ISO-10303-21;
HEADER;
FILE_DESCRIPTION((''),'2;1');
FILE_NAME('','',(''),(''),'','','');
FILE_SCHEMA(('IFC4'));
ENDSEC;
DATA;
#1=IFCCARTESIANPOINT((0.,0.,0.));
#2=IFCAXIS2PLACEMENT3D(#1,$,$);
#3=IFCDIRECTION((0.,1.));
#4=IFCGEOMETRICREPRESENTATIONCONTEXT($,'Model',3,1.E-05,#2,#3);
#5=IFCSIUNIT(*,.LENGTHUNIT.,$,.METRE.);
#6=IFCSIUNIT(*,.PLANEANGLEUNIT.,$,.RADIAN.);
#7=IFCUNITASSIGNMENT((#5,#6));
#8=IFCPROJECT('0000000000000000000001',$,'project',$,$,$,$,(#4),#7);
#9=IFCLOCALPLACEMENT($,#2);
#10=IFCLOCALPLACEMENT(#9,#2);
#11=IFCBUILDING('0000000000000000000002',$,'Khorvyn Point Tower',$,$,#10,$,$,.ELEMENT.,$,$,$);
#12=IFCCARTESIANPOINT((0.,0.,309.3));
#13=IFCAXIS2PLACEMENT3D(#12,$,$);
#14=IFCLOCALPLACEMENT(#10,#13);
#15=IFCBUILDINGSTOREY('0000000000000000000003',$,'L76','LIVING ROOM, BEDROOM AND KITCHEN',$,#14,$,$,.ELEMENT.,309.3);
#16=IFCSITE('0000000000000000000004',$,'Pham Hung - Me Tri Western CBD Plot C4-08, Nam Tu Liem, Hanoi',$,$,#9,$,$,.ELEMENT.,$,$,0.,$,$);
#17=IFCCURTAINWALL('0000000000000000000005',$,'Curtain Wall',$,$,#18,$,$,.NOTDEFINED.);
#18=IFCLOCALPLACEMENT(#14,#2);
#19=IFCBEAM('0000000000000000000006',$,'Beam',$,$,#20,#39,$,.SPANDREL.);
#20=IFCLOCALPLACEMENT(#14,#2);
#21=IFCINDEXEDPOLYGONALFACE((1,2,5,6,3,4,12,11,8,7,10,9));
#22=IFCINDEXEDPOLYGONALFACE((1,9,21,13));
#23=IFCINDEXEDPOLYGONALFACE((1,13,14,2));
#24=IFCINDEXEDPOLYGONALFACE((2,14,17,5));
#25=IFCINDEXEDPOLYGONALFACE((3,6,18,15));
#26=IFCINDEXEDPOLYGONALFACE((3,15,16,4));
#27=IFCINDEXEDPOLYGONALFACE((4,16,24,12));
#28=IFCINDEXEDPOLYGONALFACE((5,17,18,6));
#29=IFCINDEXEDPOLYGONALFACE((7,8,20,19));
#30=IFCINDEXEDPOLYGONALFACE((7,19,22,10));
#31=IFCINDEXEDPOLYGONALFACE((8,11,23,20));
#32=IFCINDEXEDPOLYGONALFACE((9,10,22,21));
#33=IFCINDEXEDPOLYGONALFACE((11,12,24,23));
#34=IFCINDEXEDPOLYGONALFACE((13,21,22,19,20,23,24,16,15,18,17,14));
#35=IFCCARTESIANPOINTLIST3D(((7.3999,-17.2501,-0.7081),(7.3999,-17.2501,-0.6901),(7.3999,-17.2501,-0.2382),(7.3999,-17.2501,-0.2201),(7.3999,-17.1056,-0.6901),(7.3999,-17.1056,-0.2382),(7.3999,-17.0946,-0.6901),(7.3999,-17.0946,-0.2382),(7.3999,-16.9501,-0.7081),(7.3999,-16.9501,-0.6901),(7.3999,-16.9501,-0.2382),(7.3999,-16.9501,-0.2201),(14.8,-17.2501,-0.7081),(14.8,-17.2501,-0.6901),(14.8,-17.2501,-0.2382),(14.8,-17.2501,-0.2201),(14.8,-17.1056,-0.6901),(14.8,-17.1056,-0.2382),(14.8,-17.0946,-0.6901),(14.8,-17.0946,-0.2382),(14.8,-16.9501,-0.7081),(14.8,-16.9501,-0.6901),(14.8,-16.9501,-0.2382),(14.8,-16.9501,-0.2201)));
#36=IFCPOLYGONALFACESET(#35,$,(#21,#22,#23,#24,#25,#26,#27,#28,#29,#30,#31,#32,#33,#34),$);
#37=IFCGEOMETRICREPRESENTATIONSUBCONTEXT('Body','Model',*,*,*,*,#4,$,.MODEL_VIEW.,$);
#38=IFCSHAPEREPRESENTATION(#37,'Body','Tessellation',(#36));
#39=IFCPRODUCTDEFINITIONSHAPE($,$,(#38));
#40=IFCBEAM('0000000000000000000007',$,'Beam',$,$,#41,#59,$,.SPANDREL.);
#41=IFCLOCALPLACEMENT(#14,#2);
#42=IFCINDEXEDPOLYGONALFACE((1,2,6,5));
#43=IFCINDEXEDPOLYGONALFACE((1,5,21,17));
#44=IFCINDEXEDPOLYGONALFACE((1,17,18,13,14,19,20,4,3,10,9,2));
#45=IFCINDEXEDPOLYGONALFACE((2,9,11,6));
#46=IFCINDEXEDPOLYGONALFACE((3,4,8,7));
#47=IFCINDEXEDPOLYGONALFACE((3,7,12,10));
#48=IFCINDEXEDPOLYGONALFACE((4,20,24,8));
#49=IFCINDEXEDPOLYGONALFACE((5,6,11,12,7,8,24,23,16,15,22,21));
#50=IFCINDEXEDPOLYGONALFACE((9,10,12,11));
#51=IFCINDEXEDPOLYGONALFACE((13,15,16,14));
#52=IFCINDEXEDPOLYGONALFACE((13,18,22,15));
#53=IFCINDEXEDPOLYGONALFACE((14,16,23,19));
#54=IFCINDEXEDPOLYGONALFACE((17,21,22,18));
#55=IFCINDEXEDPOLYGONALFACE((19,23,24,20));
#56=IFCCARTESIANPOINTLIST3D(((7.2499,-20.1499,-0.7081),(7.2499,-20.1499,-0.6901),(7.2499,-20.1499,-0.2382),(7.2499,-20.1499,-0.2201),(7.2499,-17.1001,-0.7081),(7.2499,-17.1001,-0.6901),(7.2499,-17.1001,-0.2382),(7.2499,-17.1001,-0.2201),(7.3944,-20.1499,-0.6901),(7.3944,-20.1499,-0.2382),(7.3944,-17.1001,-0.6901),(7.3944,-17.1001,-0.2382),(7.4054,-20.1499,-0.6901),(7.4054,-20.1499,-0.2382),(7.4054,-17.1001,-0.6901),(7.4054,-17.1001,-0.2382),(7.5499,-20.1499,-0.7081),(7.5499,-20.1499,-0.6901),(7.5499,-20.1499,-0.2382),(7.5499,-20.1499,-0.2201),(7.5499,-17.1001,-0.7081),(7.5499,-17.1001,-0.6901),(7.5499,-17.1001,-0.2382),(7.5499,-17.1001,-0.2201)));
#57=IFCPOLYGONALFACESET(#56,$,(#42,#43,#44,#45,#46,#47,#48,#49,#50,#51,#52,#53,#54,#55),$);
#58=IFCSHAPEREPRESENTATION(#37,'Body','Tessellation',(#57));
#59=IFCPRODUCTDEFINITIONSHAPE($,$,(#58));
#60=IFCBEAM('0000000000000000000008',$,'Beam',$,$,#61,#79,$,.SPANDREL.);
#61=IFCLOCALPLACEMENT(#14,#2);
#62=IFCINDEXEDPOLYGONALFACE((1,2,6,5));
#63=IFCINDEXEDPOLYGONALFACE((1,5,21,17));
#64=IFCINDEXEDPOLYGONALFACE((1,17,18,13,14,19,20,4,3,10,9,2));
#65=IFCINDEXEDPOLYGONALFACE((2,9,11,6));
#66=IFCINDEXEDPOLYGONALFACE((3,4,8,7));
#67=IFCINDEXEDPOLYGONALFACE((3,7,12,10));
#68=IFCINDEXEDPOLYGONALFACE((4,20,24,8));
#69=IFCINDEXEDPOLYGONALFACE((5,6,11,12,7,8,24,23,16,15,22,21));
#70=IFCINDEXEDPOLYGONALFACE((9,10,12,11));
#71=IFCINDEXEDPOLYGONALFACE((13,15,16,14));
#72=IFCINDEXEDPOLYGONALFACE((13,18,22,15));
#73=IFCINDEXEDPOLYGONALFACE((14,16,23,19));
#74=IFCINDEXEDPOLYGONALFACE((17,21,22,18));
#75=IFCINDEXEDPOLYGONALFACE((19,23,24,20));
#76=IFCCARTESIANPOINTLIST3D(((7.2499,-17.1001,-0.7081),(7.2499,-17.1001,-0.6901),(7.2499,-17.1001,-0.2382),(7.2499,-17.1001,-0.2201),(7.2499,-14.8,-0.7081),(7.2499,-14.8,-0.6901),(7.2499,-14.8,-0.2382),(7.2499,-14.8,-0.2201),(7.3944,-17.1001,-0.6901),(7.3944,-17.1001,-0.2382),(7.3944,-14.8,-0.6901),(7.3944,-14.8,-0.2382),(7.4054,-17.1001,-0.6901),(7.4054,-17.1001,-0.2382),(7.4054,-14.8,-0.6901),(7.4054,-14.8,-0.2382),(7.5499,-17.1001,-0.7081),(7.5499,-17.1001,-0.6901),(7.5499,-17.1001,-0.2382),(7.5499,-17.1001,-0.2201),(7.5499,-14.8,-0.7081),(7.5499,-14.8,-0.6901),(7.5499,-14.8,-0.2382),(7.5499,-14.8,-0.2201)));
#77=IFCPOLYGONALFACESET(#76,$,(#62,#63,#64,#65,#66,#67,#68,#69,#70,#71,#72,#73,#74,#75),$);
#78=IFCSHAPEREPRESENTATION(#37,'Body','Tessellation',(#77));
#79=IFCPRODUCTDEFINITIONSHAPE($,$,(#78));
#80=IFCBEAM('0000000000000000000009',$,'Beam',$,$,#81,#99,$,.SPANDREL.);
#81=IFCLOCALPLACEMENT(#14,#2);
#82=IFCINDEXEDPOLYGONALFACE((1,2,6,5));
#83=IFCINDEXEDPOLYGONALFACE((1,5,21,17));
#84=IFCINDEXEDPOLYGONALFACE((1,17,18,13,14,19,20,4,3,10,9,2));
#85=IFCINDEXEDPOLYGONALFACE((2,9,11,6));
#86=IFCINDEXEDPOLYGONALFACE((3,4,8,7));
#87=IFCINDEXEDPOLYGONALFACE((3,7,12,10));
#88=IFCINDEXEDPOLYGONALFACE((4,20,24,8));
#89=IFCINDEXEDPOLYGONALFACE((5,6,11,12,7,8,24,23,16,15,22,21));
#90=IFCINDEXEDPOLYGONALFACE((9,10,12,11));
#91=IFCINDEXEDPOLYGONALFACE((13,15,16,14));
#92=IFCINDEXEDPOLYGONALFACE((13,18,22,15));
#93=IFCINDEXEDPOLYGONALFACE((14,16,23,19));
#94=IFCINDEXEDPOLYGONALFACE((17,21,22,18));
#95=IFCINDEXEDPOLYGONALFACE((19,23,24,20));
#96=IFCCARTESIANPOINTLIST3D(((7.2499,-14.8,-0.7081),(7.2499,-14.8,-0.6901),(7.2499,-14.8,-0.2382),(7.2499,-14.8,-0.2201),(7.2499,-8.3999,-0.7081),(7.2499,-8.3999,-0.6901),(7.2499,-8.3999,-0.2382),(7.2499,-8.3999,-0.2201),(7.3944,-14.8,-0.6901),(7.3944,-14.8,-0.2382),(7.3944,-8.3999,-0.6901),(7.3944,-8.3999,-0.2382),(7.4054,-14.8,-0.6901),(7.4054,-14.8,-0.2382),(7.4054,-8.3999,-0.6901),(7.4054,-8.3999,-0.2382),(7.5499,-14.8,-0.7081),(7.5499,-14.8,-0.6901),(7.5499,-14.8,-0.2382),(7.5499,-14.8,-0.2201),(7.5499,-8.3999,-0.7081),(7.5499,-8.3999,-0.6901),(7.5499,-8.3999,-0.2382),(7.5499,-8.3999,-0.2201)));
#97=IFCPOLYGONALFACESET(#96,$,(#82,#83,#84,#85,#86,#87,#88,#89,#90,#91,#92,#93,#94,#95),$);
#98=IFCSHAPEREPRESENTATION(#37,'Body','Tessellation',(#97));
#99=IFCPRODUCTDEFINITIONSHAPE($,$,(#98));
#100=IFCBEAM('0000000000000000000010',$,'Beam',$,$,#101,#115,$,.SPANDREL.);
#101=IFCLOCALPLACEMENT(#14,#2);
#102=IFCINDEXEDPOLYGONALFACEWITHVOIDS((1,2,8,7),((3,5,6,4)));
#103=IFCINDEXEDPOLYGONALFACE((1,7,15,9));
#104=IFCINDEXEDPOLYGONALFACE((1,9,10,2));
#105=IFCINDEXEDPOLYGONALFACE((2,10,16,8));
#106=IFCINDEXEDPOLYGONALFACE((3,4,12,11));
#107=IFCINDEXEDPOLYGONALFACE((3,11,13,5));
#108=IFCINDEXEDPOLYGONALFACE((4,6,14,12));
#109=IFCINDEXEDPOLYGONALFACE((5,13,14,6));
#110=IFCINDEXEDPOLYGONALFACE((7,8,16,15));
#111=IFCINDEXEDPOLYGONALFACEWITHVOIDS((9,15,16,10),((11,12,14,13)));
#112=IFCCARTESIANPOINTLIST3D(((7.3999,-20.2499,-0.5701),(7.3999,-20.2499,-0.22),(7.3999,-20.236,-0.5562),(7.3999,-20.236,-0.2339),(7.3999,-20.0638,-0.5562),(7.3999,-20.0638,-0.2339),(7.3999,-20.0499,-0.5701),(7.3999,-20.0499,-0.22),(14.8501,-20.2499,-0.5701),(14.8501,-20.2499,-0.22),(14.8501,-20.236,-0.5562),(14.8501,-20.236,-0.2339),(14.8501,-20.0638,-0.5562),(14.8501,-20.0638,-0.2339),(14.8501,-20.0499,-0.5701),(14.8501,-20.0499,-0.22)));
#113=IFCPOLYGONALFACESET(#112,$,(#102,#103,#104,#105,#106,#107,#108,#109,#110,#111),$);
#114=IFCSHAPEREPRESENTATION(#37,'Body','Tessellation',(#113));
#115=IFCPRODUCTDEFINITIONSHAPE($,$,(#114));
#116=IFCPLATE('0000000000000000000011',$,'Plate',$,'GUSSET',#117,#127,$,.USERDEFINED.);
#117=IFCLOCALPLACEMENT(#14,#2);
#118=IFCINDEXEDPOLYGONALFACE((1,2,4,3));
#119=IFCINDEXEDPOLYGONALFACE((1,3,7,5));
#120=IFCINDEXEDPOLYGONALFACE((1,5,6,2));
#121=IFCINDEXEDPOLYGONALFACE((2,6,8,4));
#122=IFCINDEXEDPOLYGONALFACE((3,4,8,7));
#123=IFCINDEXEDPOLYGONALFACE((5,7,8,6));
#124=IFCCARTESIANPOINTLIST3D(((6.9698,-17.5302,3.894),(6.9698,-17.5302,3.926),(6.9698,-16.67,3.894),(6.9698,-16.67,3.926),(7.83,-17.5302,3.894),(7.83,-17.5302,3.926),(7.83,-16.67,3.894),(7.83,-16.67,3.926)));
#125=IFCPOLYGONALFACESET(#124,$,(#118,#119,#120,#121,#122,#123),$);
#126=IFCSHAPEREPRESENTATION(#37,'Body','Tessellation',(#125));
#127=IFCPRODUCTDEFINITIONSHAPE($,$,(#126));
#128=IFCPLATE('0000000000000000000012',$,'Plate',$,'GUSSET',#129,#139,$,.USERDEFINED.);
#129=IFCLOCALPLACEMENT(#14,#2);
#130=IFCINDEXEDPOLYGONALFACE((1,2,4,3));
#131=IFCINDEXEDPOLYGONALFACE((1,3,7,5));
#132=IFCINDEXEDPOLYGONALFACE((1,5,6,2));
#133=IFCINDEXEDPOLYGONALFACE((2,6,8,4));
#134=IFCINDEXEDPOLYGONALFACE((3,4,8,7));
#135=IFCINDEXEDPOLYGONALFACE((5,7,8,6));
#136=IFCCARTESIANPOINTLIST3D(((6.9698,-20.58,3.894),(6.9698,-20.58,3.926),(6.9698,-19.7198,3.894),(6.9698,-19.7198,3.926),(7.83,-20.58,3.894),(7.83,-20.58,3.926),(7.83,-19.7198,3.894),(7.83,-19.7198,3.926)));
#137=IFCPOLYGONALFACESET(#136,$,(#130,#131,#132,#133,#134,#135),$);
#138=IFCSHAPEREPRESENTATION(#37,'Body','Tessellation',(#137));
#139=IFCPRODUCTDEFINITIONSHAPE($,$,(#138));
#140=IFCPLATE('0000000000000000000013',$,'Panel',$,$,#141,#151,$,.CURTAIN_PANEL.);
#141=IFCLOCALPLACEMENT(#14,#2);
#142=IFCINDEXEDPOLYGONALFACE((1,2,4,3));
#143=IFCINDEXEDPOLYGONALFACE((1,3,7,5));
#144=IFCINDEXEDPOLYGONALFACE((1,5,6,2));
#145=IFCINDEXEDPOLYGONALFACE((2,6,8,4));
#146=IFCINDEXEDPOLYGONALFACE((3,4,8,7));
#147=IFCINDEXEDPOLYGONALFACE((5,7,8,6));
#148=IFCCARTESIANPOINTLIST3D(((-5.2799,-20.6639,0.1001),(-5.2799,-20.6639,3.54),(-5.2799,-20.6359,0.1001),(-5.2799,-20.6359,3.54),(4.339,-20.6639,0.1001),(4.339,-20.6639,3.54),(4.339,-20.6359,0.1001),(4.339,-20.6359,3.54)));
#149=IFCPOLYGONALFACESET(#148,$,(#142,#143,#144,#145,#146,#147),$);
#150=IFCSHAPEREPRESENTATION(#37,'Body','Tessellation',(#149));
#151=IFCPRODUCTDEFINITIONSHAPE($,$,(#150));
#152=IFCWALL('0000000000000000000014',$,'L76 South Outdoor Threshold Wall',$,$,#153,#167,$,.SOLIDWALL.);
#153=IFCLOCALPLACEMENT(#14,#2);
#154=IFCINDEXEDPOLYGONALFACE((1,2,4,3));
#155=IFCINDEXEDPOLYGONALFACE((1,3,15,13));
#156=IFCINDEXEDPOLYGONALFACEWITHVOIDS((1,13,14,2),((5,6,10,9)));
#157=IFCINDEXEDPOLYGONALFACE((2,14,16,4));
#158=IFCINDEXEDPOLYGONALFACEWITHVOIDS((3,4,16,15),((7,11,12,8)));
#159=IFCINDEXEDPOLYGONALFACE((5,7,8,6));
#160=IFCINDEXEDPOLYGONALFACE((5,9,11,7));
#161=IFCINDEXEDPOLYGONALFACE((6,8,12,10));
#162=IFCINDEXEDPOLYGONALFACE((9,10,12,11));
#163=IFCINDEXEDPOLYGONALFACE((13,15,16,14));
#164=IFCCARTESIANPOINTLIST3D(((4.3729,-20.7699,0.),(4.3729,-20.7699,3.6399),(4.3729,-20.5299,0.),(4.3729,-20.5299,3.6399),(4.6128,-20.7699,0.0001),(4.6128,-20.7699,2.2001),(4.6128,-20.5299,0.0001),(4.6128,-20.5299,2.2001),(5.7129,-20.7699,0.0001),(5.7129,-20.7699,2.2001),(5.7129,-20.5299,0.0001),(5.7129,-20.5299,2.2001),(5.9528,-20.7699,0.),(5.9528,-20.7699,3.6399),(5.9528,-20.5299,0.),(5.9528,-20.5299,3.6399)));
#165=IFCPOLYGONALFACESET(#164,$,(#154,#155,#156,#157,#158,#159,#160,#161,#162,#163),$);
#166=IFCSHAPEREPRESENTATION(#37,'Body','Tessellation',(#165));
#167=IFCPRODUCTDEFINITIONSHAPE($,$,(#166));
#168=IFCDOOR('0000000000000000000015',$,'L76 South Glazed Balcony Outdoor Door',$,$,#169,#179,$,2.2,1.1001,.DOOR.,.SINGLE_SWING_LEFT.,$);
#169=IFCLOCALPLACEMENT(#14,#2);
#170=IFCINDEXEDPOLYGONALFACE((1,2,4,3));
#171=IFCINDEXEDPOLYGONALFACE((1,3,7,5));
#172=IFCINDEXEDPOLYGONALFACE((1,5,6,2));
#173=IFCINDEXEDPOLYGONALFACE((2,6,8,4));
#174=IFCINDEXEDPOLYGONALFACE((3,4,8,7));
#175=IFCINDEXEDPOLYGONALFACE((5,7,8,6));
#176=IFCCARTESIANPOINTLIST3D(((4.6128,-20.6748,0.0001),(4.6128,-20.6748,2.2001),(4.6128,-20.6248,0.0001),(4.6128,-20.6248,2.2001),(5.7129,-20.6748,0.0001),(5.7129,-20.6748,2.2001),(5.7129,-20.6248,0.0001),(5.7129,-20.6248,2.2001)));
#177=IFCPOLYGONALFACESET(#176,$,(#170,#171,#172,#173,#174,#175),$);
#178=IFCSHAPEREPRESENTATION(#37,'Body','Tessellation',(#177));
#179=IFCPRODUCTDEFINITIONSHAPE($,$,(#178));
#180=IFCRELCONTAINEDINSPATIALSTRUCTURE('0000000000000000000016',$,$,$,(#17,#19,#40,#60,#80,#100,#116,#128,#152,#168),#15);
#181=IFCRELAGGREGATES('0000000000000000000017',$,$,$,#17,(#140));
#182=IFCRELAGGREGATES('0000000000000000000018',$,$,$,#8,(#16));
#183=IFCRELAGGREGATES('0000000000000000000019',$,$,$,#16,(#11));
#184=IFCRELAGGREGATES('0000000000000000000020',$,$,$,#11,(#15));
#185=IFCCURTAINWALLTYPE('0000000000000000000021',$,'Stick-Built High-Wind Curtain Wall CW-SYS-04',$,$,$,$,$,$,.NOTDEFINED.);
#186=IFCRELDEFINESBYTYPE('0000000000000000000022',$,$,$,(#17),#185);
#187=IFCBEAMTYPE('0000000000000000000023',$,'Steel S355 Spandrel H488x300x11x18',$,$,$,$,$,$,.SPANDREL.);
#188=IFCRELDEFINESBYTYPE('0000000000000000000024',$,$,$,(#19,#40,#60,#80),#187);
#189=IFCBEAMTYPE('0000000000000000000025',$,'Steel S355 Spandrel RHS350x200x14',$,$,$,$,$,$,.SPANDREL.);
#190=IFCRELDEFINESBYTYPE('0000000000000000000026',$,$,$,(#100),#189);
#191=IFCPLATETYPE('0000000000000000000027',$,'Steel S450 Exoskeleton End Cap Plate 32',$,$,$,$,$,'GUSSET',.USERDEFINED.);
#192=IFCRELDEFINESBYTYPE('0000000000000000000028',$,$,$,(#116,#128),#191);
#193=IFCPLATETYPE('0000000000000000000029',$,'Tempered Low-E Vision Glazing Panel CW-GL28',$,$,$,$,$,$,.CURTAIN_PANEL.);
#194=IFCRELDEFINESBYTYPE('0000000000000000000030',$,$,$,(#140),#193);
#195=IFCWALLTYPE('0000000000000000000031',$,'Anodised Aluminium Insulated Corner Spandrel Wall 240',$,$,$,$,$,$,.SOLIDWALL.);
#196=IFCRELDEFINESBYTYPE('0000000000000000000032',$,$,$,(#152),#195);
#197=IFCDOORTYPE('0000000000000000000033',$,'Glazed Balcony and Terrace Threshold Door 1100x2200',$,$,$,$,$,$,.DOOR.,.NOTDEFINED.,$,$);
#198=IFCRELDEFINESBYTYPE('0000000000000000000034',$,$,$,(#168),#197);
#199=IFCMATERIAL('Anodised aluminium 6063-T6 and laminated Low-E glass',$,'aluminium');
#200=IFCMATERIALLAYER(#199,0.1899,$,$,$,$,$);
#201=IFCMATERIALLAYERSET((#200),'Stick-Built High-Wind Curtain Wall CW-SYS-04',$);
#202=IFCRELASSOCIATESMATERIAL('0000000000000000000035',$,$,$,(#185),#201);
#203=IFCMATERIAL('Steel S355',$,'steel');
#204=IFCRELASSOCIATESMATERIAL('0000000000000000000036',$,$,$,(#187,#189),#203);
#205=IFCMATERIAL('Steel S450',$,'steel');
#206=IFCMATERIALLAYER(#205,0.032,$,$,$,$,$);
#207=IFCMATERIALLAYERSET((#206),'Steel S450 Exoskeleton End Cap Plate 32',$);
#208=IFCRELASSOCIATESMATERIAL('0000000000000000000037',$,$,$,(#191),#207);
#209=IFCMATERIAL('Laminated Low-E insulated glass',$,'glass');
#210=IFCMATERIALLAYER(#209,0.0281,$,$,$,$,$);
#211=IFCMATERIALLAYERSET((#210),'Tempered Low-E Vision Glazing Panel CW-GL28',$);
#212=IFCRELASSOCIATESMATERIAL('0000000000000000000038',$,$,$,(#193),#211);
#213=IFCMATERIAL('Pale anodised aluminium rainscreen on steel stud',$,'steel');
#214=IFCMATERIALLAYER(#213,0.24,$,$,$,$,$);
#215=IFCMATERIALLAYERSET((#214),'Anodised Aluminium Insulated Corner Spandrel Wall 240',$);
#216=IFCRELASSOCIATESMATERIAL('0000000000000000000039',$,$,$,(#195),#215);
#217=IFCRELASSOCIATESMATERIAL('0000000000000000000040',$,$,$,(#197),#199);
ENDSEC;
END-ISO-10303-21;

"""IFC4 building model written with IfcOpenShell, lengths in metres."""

from ifc_helpers import new_model, si_unit, direction, frame, frame_2d, origin, origin_2d, place, context, subcontext, project, spatial, rectangle, hollow_rectangle, i_section, extrude, material, layer, layer_set, material_profile, profile_set, type_object, element, fill, aggregate, save


model = new_model("IFC4")

# Units and contexts
model_context = context("Model", 3, precision=1e-05, world=origin(), true_north=direction((0.0, 1.0)))
body_context = subcontext(model_context, "Body", "Model", "MODEL_VIEW")
ifc_project = project(units=[si_unit("LENGTHUNIT", "METRE"), si_unit("PLANEANGLEUNIT", "RADIAN")], contexts=[model_context])

# Site, building, storey
site_placement = place(None, origin())
site = spatial("IfcSite", under=ifc_project, at=site_placement, Name="Pham Hung - Me Tri Western CBD Plot C4-08, Nam Tu Liem, Hanoi", CompositionType="ELEMENT", RefElevation=0.0)
building_placement = place(site_placement, origin())
building = spatial("IfcBuilding", under=site, at=building_placement, Name="Khorvyn Point Tower", CompositionType="ELEMENT")
storey_placement = place(building_placement, frame((0.0, 0.0, 309.3)))
storey = spatial("IfcBuildingStorey", under=building, at=storey_placement, Name="L76", Description="LIVING ROOM, BEDROOM AND KITCHEN", CompositionType="ELEMENT", Elevation=309.3)

# Shared definitions
ifc_material_1 = material(Name="Steel S355", Category="steel")
ifc_material_2 = material(Name="Steel S450", Category="steel")

# Shared definitions
ifc_material_3 = material(Name="Anodised aluminium 6063-T6 and laminated Low-E glass", Category="aluminium")
ifc_layer_1 = layer(ifc_material_3, 0.1899)
ifc_layer_set_1 = layer_set([ifc_layer_1], Name="Stick-Built High-Wind Curtain Wall CW-SYS-04")
curtain_wall_type = type_object("IfcCurtainWallType", Name="Stick-Built High-Wind Curtain Wall CW-SYS-04", PredefinedType="NOTDEFINED", material=ifc_layer_set_1)

# Curtain wall
curtain_wall_1_placement = place(storey_placement, origin())
curtain_wall_1 = element("IfcCurtainWall", 1, at=curtain_wall_1_placement, inside=storey, type_object=curtain_wall_type, Name="Curtain Wall", PredefinedType="NOTDEFINED")

# Beams
ifc_material_profile_1 = material_profile(ifc_material_1, i_section(OverallWidth=0.3, OverallDepth=0.488, WebThickness=0.011, FlangeThickness=0.0181, at=origin_2d()))
ifc_profile_set_1 = profile_set([ifc_material_profile_1], Name="Steel S355 H488x300x11x18")
beam_type_1 = type_object("IfcBeamType", Name="Steel S355 Spandrel H488x300x11x18", PredefinedType="SPANDREL", material=ifc_profile_set_1)
for number, where, z_axis, x_axis, name in (
    (2, (7.3999, -17.1001, -0.4641), (1.0, 0.0, 0.0), (0.0, 1.0, 0.0), "Beam"),
):
    element("IfcBeam", number, at=place(storey_placement, frame(where, z_axis=z_axis, x_axis=x_axis)), inside=storey, type_object=beam_type_1, Name=name, PredefinedType="SPANDREL", context=body_context, shape_type="SweptSolid", body=[
        extrude(i_section(OverallWidth=0.3, OverallDepth=0.488, WebThickness=0.011, FlangeThickness=0.0181, at=origin_2d()), origin(), (0.0, 0.0, 1.0), 7.4001),
    ])
beam_1_placement = place(storey_placement, frame((7.3999, -20.1499, -0.4641), z_axis=(0.0, 1.0, 0.0), x_axis=(-1.0, 0.0, 0.0)))
element("IfcBeam", 3, at=beam_1_placement, inside=storey, type_object=beam_type_1, Name="Beam", PredefinedType="SPANDREL", context=body_context, shape_type="SweptSolid", body=[
    extrude(i_section(OverallWidth=0.3, OverallDepth=0.488, WebThickness=0.011, FlangeThickness=0.0181, at=origin_2d()), origin(), (0.0, 0.0, 1.0), 3.0498),
])
beam_2_placement = place(storey_placement, frame((7.3999, -17.1001, -0.4641), z_axis=(0.0, 1.0, 0.0), x_axis=(-1.0, 0.0, 0.0)))
element("IfcBeam", 4, at=beam_2_placement, inside=storey, type_object=beam_type_1, Name="Beam", PredefinedType="SPANDREL", context=body_context, shape_type="SweptSolid", body=[
    extrude(i_section(OverallWidth=0.3, OverallDepth=0.488, WebThickness=0.011, FlangeThickness=0.0181, at=origin_2d()), origin(), (0.0, 0.0, 1.0), 2.3),
])
beam_3_placement = place(storey_placement, frame((7.3999, -14.8, -0.4641), z_axis=(0.0, 1.0, 0.0), x_axis=(-1.0, 0.0, 0.0)))
element("IfcBeam", 5, at=beam_3_placement, inside=storey, type_object=beam_type_1, Name="Beam", PredefinedType="SPANDREL", context=body_context, shape_type="SweptSolid", body=[
    extrude(i_section(OverallWidth=0.3, OverallDepth=0.488, WebThickness=0.011, FlangeThickness=0.0181, at=origin_2d()), origin(), (0.0, 0.0, 1.0), 6.4001),
])
ifc_material_profile_2 = material_profile(ifc_material_1, hollow_rectangle(XDim=0.2, YDim=0.3501, WallThickness=0.0139, at=origin_2d()))
ifc_profile_set_2 = profile_set([ifc_material_profile_2], Name="Steel S355 RHS350x200x14")
beam_type_2 = type_object("IfcBeamType", Name="Steel S355 Spandrel RHS350x200x14", PredefinedType="SPANDREL", material=ifc_profile_set_2)
beam_4_placement = place(storey_placement, frame((7.3999, -20.1499, -0.395), z_axis=(1.0, 0.0, 0.0), x_axis=(0.0, 1.0, 0.0)))
element("IfcBeam", 6, at=beam_4_placement, inside=storey, type_object=beam_type_2, Name="Beam", PredefinedType="SPANDREL", context=body_context, shape_type="SweptSolid", body=[
    extrude(hollow_rectangle(XDim=0.2, YDim=0.3501, WallThickness=0.0139, at=origin_2d()), origin(), (0.0, 0.0, 1.0), 7.4502),
])

# Plates
ifc_layer_2 = layer(ifc_material_2, 0.032)
ifc_layer_set_2 = layer_set([ifc_layer_2], Name="Steel S450 Exoskeleton End Cap Plate 32")
plate_type_1 = type_object("IfcPlateType", Name="Steel S450 Exoskeleton End Cap Plate 32", ElementType="GUSSET", PredefinedType="USERDEFINED", material=ifc_layer_set_2)
for number, where, z_axis, x_axis, name in (
    (7, (7.3999, -17.1001, 3.894), (0.0, 0.0, 1.0), (1.0, 0.0, 0.0), "Plate"),
    (8, (7.3999, -20.1499, 3.894), (0.0, 0.0, 1.0), (1.0, 0.0, 0.0), "Plate"),
):
    element("IfcPlate", number, at=place(storey_placement, frame(where, z_axis=z_axis, x_axis=x_axis)), inside=storey, type_object=plate_type_1, Name=name, ObjectType="GUSSET", PredefinedType="USERDEFINED", context=body_context, shape_type="SweptSolid", body=[
        extrude(rectangle(XDim=0.8601, YDim=0.8601, at=origin_2d()), origin(), (0.0, 0.0, 1.0), 0.032),
    ])

# Plate
ifc_material_4 = material(Name="Laminated Low-E insulated glass", Category="glass")
ifc_layer_3 = layer(ifc_material_4, 0.0281)
ifc_layer_set_3 = layer_set([ifc_layer_3], Name="Tempered Low-E Vision Glazing Panel CW-GL28")
plate_type_2 = type_object("IfcPlateType", Name="Tempered Low-E Vision Glazing Panel CW-GL28", PredefinedType="CURTAIN_PANEL", material=ifc_layer_set_3)
plate_placement = place(storey_placement, frame((-0.4705, -20.6499, 0.1001), z_axis=(0.0, 0.0, 1.0), x_axis=(-1.0, 0.0, 0.0)))
plate = element("IfcPlate", 9, at=plate_placement, type_object=plate_type_2, Name="Panel", PredefinedType="CURTAIN_PANEL", context=body_context, shape_type="SweptSolid", body=[
    extrude(rectangle(XDim=9.6189, YDim=0.0281, at=origin_2d()), origin(), (0.0, 0.0, 1.0), 3.4399),
])
aggregate(curtain_wall_1, [plate])

# Wall, opening, door
ifc_material_5 = material(Name="Pale anodised aluminium rainscreen on steel stud", Category="steel")
ifc_layer_4 = layer(ifc_material_5, 0.24)
ifc_layer_set_4 = layer_set([ifc_layer_4], Name="Anodised Aluminium Insulated Corner Spandrel Wall 240")
wall_type_1 = type_object("IfcWallType", Name="Anodised Aluminium Insulated Corner Spandrel Wall 240", PredefinedType="SOLIDWALL", material=ifc_layer_set_4)
wall_1_placement = place(storey_placement, frame((5.9529, -20.6499, 0.0), z_axis=(0.0, 0.0, 1.0), x_axis=(-1.0, 0.0, 0.0)))
wall_1 = element("IfcWall", 10, at=wall_1_placement, inside=storey, type_object=wall_type_1, Name="L76 South Outdoor Threshold Wall", PredefinedType="SOLIDWALL", context=body_context, shape_type="SweptSolid", body=[
    extrude(rectangle(XDim=1.5798, YDim=0.24, at=frame_2d((0.79, 0.0))), origin(), (0.0, 0.0, 1.0), 3.6399),
])
opening_1_placement = place(wall_1_placement, frame((0.24, 0.0, 0.0)))
opening_1 = element("IfcOpeningElement", 11, at=opening_1_placement, cuts=wall_1, PredefinedType="OPENING", context=body_context, shape_type="SweptSolid", body=[
    extrude(rectangle(XDim=1.1001, YDim=2.2, at=frame_2d((0.55, 1.1001))), frame((0.0, 0.1299, 0.0), z_axis=(0.0, -1.0, 0.0), x_axis=(1.0, 0.0, 0.0)), (0.0, 0.0, 1.0), 0.26),
])
door_type_1 = type_object("IfcDoorType", Name="Glazed Balcony and Terrace Threshold Door 1100x2200", OperationType="NOTDEFINED", PredefinedType="DOOR", material=ifc_material_3)
door_1_placement = place(opening_1_placement, origin())
door_1 = element("IfcDoor", 12, at=door_1_placement, inside=storey, type_object=door_type_1, Name="L76 South Glazed Balcony Outdoor Door", OperationType="SINGLE_SWING_LEFT", OverallHeight=2.2, OverallWidth=1.1001, PredefinedType="DOOR", context=body_context, shape_type="SweptSolid", body=[
    extrude(rectangle(XDim=1.1001, YDim=2.2, at=frame_2d((0.55, 1.1001))), frame((0.0, 0.0249, 0.0), z_axis=(0.0, -1.0, 0.0), x_axis=(1.0, 0.0, 0.0)), (0.0, 0.0, 1.0), 0.05),
])
fill(opening_1, door_1)

save(model, "model.ifc")
